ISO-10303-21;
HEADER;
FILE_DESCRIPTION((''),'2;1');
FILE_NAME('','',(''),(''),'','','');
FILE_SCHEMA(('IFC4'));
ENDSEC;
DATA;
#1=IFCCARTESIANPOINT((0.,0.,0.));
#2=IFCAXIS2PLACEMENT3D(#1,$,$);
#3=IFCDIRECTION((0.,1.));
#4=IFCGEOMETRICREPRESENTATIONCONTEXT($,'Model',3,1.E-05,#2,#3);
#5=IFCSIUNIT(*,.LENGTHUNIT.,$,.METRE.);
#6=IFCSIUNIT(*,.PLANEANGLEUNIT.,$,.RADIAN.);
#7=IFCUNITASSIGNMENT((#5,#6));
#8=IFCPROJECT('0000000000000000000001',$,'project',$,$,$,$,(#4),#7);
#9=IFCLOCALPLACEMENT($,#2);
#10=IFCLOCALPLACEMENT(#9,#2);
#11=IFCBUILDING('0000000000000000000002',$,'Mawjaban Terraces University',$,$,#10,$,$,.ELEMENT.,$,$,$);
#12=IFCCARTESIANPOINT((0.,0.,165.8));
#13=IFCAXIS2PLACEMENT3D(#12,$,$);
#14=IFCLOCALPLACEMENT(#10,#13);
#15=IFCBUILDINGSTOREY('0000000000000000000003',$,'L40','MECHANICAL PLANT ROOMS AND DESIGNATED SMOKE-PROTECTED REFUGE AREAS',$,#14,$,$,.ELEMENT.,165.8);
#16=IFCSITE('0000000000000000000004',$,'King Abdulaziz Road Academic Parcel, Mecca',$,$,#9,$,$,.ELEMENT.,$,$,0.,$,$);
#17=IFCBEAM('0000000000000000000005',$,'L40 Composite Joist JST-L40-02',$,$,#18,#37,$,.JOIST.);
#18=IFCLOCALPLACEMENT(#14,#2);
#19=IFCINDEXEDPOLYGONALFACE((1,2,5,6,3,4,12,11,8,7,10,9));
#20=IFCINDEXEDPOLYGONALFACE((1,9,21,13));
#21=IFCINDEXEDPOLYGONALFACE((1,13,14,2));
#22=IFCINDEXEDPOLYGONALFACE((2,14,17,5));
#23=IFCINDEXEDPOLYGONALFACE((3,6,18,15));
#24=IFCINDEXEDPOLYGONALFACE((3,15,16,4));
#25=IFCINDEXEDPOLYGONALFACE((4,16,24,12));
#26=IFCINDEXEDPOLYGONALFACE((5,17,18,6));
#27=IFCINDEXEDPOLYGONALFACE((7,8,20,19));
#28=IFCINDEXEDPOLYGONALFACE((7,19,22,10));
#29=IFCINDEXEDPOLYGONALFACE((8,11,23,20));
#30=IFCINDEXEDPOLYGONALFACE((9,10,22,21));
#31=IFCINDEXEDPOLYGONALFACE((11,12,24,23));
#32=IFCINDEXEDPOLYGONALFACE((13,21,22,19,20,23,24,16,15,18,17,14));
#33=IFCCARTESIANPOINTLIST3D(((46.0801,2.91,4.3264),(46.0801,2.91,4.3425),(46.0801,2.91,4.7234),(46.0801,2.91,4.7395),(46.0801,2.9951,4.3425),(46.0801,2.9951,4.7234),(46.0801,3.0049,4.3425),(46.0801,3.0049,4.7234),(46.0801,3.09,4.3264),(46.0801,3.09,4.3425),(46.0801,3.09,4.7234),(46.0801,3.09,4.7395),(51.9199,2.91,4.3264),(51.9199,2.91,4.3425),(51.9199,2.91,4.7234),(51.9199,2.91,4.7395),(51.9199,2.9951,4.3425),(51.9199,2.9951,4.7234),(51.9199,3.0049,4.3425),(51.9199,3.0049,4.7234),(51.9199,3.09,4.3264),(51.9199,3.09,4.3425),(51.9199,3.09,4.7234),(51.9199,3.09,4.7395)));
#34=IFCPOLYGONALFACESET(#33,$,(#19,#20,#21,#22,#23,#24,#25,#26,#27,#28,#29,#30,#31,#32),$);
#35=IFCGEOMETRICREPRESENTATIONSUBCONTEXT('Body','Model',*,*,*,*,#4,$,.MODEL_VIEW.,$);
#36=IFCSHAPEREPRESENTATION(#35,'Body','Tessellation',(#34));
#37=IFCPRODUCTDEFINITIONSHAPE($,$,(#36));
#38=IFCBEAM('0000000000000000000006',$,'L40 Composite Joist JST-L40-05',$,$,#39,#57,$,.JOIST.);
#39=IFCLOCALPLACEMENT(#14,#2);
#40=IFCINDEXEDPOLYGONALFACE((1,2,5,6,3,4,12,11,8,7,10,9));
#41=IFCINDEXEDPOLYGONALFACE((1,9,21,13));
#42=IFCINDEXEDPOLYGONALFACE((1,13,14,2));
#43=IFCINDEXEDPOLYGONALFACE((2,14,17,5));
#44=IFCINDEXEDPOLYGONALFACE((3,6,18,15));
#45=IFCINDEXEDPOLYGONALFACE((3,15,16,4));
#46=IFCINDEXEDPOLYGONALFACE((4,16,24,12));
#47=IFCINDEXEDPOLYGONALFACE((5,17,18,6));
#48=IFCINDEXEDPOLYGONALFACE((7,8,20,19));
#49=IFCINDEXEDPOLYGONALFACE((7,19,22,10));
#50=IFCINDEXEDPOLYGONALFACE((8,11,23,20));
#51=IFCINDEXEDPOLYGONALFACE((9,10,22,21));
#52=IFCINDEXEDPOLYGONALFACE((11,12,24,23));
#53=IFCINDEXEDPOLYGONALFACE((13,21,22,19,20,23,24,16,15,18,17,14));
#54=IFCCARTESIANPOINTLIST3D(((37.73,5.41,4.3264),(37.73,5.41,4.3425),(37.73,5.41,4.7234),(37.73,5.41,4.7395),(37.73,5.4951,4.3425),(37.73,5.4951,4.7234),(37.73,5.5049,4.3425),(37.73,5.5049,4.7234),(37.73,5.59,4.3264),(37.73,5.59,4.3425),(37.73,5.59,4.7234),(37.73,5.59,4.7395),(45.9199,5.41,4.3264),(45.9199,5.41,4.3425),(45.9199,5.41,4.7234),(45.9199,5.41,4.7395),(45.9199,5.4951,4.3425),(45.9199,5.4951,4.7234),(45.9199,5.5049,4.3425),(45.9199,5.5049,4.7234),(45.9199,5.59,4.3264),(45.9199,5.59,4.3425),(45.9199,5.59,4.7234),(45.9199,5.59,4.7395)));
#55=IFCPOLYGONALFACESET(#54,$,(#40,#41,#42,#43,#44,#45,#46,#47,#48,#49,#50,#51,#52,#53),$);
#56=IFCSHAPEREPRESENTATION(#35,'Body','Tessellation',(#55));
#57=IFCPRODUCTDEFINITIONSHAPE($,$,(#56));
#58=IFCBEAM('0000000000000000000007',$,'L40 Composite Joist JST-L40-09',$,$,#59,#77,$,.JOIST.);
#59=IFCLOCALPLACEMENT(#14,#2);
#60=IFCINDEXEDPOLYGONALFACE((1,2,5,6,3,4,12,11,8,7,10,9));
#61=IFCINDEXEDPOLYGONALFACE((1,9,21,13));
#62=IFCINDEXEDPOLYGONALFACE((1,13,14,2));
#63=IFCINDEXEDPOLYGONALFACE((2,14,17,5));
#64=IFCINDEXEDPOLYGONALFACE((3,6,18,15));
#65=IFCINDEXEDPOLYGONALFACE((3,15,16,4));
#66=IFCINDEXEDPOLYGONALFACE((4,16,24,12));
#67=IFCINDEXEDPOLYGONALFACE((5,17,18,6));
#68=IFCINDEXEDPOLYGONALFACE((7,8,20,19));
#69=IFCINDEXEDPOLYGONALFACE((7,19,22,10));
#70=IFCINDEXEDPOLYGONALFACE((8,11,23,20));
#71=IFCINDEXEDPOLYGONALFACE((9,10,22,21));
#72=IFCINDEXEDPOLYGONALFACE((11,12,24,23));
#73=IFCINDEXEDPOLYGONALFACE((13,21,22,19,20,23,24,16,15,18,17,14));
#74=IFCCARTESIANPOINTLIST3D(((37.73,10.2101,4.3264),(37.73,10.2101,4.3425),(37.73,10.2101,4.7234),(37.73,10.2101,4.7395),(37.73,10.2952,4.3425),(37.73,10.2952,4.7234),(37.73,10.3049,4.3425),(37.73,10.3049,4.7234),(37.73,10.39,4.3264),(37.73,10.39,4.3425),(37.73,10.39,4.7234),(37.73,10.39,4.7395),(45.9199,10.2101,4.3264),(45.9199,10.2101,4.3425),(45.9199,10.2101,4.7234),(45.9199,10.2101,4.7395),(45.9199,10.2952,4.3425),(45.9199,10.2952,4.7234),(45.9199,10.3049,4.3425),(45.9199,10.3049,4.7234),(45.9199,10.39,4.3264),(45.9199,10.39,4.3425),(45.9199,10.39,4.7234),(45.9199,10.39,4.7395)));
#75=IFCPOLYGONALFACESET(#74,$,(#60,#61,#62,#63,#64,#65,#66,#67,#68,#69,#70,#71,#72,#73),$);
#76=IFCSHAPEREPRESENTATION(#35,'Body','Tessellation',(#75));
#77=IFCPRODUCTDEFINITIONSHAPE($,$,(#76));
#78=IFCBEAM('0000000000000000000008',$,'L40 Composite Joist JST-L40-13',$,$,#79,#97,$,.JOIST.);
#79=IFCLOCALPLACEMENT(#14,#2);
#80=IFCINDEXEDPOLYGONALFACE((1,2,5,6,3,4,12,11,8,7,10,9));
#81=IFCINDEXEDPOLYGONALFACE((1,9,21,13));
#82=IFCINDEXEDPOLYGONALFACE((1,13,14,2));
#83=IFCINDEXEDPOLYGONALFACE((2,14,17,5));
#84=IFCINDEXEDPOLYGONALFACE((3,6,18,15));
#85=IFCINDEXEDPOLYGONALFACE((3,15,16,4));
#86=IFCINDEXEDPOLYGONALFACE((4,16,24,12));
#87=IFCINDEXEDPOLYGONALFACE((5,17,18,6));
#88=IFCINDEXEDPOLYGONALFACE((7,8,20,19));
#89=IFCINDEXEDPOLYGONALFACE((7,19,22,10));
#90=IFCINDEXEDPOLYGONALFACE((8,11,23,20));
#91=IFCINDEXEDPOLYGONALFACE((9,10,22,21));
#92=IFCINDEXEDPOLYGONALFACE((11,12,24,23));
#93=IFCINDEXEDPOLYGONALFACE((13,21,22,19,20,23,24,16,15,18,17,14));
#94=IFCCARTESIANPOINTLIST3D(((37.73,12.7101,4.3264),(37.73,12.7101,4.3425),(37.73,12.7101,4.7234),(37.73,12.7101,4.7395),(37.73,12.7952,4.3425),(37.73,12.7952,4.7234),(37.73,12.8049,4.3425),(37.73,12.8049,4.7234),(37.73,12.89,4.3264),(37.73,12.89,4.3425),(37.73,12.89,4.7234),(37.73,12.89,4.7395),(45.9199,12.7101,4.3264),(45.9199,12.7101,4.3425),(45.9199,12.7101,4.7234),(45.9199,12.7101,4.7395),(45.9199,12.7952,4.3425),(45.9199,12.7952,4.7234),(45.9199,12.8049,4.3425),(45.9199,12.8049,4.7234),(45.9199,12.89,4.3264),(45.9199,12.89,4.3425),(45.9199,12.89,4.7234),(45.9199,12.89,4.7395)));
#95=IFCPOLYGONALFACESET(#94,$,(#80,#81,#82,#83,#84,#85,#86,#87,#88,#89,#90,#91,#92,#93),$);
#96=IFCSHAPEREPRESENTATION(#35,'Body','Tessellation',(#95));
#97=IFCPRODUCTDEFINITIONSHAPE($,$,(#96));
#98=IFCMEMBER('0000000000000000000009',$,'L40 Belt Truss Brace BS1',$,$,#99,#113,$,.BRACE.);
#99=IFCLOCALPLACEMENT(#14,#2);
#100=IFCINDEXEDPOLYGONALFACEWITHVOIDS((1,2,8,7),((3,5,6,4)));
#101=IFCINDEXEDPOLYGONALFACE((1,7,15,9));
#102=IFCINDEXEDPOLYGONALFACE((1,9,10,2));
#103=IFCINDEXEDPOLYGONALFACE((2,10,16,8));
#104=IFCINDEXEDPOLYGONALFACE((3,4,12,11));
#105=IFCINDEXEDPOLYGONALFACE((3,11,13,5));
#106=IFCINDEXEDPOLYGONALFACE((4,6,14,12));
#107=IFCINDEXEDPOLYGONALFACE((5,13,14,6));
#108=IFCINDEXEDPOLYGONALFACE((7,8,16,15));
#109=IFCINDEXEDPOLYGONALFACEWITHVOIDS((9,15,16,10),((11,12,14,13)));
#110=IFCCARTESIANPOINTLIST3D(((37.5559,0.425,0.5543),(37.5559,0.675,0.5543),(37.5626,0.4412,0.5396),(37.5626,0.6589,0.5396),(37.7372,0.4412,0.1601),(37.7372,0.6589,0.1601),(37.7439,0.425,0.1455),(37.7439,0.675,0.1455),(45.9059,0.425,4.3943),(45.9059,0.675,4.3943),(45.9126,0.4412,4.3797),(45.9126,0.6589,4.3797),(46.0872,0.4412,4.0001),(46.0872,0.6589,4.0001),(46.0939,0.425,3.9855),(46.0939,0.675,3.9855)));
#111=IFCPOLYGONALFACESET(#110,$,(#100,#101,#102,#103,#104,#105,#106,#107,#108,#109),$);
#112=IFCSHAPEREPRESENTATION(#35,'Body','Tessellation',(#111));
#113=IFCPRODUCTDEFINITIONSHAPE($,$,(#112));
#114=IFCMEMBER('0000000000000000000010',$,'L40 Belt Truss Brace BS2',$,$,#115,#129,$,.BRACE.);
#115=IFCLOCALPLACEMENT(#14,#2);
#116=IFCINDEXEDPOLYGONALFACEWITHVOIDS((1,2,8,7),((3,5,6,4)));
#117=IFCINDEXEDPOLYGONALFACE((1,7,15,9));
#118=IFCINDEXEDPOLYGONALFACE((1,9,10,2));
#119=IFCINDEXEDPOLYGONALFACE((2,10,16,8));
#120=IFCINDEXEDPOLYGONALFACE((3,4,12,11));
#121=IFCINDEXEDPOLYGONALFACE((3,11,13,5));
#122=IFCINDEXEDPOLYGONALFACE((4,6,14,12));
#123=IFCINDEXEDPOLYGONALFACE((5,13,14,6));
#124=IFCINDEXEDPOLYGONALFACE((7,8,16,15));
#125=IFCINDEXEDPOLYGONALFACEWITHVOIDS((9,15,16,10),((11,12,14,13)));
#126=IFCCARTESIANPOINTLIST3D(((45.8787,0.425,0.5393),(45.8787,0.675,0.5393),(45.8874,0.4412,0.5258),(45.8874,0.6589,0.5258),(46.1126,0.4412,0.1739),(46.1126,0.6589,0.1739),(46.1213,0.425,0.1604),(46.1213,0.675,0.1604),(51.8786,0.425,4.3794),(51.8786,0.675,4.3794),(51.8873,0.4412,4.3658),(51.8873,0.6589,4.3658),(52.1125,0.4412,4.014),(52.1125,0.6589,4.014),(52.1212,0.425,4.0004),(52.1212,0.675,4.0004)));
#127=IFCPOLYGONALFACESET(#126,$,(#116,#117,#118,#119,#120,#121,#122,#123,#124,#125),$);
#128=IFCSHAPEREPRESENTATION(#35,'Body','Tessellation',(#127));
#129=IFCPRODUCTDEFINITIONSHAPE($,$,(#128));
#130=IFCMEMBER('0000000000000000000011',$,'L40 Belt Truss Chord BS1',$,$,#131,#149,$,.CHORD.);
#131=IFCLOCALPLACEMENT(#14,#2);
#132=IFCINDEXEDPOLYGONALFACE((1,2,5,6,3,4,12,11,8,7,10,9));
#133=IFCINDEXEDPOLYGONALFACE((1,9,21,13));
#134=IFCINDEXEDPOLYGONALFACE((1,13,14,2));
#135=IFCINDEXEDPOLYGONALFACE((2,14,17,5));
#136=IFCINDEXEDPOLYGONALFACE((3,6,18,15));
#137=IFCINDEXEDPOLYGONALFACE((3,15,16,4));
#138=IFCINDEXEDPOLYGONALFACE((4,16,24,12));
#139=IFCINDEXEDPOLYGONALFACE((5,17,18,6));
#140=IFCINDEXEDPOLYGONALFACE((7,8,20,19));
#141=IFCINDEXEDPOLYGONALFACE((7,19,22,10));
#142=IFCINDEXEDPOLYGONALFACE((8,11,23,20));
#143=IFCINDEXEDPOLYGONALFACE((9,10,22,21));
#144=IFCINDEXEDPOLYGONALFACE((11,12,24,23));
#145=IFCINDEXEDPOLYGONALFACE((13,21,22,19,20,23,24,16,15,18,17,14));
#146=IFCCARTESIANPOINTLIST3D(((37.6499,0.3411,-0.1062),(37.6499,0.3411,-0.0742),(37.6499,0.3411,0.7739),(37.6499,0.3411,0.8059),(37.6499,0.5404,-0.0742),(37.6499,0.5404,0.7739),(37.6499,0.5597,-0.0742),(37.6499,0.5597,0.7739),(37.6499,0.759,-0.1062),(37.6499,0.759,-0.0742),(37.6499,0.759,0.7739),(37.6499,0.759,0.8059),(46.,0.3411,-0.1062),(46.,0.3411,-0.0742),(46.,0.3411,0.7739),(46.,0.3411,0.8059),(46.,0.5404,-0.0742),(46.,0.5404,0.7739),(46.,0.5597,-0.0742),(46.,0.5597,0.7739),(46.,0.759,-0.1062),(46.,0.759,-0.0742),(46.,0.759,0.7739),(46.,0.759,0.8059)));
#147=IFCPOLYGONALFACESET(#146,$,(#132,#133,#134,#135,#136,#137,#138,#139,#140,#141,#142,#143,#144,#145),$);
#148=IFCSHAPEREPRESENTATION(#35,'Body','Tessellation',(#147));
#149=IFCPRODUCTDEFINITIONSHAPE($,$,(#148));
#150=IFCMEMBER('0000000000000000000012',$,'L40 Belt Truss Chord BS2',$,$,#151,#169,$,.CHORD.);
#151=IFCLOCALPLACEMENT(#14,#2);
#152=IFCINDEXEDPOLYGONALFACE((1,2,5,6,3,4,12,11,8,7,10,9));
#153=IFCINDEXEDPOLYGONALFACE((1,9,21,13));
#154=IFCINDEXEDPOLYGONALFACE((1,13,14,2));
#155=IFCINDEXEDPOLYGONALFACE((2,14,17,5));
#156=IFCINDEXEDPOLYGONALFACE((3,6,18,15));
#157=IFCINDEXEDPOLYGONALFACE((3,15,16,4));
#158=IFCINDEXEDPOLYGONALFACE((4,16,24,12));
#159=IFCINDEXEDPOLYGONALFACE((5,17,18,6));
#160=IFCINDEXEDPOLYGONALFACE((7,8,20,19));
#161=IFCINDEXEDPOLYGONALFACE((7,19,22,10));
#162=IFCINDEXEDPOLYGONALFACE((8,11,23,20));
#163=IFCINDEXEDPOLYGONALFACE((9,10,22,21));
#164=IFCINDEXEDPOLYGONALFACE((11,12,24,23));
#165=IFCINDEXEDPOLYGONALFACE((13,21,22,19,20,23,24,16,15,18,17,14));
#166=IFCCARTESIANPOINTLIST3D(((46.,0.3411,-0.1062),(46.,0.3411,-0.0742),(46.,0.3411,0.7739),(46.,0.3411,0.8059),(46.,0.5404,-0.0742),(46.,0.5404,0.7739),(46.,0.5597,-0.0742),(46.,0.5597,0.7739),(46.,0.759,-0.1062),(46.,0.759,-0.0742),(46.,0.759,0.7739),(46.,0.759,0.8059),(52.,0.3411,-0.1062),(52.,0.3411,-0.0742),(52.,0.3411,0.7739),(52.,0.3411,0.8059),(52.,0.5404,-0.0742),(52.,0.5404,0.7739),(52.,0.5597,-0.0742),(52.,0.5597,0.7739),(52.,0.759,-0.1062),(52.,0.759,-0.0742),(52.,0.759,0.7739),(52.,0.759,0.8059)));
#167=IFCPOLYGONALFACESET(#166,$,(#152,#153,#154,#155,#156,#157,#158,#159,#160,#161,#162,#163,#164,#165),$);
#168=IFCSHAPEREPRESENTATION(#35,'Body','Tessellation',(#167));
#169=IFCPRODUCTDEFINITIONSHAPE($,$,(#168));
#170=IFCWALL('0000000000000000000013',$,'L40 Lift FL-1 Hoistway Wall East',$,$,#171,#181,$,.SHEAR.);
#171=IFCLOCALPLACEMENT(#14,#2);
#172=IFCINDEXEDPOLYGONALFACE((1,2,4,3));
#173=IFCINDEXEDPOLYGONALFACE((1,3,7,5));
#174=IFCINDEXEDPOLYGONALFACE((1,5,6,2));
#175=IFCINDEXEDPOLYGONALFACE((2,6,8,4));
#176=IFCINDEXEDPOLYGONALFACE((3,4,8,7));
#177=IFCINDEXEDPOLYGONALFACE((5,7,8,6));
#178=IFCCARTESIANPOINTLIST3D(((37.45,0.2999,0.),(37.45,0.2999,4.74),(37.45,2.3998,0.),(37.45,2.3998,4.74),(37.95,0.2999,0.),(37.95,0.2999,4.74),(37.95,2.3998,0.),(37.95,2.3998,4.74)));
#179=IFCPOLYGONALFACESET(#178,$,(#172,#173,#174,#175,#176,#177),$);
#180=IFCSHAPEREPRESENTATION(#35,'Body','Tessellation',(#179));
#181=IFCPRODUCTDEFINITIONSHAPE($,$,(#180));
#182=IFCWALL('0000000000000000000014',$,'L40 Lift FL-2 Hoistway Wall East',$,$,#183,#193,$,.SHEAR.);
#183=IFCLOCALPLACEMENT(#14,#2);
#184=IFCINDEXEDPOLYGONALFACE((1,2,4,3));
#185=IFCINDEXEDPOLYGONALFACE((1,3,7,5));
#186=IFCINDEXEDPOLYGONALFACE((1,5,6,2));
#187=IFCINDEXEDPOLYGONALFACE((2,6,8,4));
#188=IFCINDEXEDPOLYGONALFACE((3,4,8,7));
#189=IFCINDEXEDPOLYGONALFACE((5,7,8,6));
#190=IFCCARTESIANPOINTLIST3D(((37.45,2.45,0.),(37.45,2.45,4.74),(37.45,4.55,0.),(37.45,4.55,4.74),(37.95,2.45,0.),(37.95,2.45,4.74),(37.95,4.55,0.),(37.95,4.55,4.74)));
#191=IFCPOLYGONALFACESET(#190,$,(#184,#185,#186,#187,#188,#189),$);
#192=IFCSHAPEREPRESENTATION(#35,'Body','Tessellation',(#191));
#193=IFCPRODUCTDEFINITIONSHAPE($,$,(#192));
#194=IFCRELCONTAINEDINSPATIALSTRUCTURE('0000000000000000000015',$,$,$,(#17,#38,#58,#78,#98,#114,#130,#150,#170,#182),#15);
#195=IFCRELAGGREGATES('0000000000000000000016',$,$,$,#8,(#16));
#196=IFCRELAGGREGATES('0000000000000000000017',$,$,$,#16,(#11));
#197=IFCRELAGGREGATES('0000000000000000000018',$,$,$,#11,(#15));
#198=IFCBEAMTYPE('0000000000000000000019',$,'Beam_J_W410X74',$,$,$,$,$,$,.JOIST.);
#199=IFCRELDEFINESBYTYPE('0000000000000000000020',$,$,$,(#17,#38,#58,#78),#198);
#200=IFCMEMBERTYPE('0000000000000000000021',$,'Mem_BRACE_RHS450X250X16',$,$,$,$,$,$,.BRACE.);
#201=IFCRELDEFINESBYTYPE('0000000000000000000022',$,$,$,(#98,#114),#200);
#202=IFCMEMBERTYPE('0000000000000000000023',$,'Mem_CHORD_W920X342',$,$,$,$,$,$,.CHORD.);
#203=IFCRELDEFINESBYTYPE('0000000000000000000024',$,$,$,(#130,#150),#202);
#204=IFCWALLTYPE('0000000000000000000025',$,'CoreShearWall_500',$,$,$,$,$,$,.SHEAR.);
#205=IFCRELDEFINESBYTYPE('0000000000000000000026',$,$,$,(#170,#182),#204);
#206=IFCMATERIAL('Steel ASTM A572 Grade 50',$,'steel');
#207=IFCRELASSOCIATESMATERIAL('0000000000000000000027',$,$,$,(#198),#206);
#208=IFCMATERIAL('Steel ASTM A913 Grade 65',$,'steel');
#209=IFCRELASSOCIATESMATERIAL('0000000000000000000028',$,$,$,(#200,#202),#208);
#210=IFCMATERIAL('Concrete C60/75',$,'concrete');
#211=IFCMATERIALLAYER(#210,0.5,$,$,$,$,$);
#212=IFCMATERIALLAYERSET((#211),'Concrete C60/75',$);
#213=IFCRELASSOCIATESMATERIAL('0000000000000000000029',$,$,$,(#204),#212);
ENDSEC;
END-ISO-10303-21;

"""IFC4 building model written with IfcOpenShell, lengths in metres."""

from ifc_helpers import new_model, si_unit, direction, frame, frame_2d, origin, origin_2d, place, context, subcontext, project, spatial, rectangle, hollow_rectangle, i_section, extrude, material, layer, layer_set, material_profile, profile_set, type_object, element, save


model = new_model("IFC4")

# Units and contexts
model_context = context("Model", 3, precision=1e-05, world=origin(), true_north=direction((0.0, 1.0)))
body_context = subcontext(model_context, "Body", "Model", "MODEL_VIEW")
ifc_project = project(units=[si_unit("LENGTHUNIT", "METRE"), si_unit("PLANEANGLEUNIT", "RADIAN")], contexts=[model_context])

# Site, building, storey
site_placement = place(None, origin())
site = spatial("IfcSite", under=ifc_project, at=site_placement, Name="King Abdulaziz Road Academic Parcel, Mecca", CompositionType="ELEMENT", RefElevation=0.0)
building_placement = place(site_placement, origin())
building = spatial("IfcBuilding", under=site, at=building_placement, Name="Mawjaban Terraces University", CompositionType="ELEMENT")
storey_placement = place(building_placement, frame((0.0, 0.0, 165.8)))
storey = spatial("IfcBuildingStorey", under=building, at=storey_placement, Name="L40", Description="MECHANICAL PLANT ROOMS AND DESIGNATED SMOKE-PROTECTED REFUGE AREAS", CompositionType="ELEMENT", Elevation=165.8)

# Shared definitions
ifc_material_1 = material(Name="Concrete C60/75", Category="concrete")

# Beams
ifc_material_2 = material(Name="Steel ASTM A572 Grade 50", Category="steel")
ifc_material_profile_1 = material_profile(ifc_material_2, i_section(OverallWidth=0.1799, OverallDepth=0.4131, WebThickness=0.0098, FlangeThickness=0.0161, at=origin_2d()), Name="W410X74")
ifc_profile_set_1 = profile_set([ifc_material_profile_1], Name="Steel ASTM A572 Grade 50")
beam_type_1 = type_object("IfcBeamType", Name="Beam_J_W410X74", PredefinedType="JOIST", material=ifc_profile_set_1)
beam_1_placement = place(storey_placement, frame((46.0801, 3.0, 4.533), z_axis=(1.0, 0.0, 0.0), x_axis=(0.0, 1.0, 0.0)))
element("IfcBeam", 1, at=beam_1_placement, inside=storey, type_object=beam_type_1, Name="L40 Composite Joist JST-L40-02", PredefinedType="JOIST", context=body_context, shape_type="SweptSolid", body=[
    extrude(i_section(OverallWidth=0.1799, OverallDepth=0.4131, WebThickness=0.0098, FlangeThickness=0.0161, at=origin_2d()), origin(), (0.0, 0.0, 1.0), 5.8398),
])
for number, where, z_axis, x_axis, name in (
    (2, (37.73, 5.5, 4.533), (1.0, 0.0, 0.0), (0.0, 1.0, 0.0), "L40 Composite Joist JST-L40-05"),
    (3, (37.73, 10.3, 4.533), (1.0, 0.0, 0.0), (0.0, 1.0, 0.0), "L40 Composite Joist JST-L40-09"),
    (4, (37.73, 12.8, 4.533), (1.0, 0.0, 0.0), (0.0, 1.0, 0.0), "L40 Composite Joist JST-L40-13"),
):
    element("IfcBeam", number, at=place(storey_placement, frame(where, z_axis=z_axis, x_axis=x_axis)), inside=storey, type_object=beam_type_1, Name=name, PredefinedType="JOIST", context=body_context, shape_type="SweptSolid", body=[
        extrude(i_section(OverallWidth=0.1799, OverallDepth=0.4131, WebThickness=0.0098, FlangeThickness=0.0161, at=origin_2d()), origin(), (0.0, 0.0, 1.0), 8.1899),
    ])

# Members
ifc_material_3 = material(Name="Steel ASTM A913 Grade 65", Category="steel")
ifc_material_profile_2 = material_profile(ifc_material_3, hollow_rectangle(XDim=0.25, YDim=0.45, WallThickness=0.0161, at=origin_2d()), Name="RHS450X250X16")
ifc_profile_set_2 = profile_set([ifc_material_profile_2], Name="Steel ASTM A913 Grade 65")
member_type_1 = type_object("IfcMemberType", Name="Mem_BRACE_RHS450X250X16", PredefinedType="BRACE", material=ifc_profile_set_2)
member_1_placement = place(storey_placement, frame((37.6499, 0.55, 0.3499), z_axis=(0.90853, 0.0, 0.41782), x_axis=(0.0, 1.0, 0.0)))
element("IfcMember", 5, at=member_1_placement, inside=storey, type_object=member_type_1, Name="L40 Belt Truss Brace BS1", PredefinedType="BRACE", context=body_context, shape_type="SweptSolid", body=[
    extrude(hollow_rectangle(XDim=0.25, YDim=0.45, WallThickness=0.0161, at=origin_2d()), origin(), (0.0, 0.0, 1.0), 9.1907),
])
member_2_placement = place(storey_placement, frame((46.0, 0.55, 0.3499), z_axis=(0.842266, 0.0, 0.539062), x_axis=(0.0, 1.0, 0.0)))
element("IfcMember", 6, at=member_2_placement, inside=storey, type_object=member_type_1, Name="L40 Belt Truss Brace BS2", PredefinedType="BRACE", context=body_context, shape_type="SweptSolid", body=[
    extrude(hollow_rectangle(XDim=0.25, YDim=0.45, WallThickness=0.0161, at=origin_2d()), origin(), (0.0, 0.0, 1.0), 7.1235),
])
ifc_material_profile_3 = material_profile(ifc_material_3, i_section(OverallWidth=0.418, OverallDepth=0.9121, WebThickness=0.0193, FlangeThickness=0.032, at=origin_2d()), Name="W920X342")
ifc_profile_set_3 = profile_set([ifc_material_profile_3], Name="Steel ASTM A913 Grade 65")
member_type_2 = type_object("IfcMemberType", Name="Mem_CHORD_W920X342", PredefinedType="CHORD", material=ifc_profile_set_3)
member_3_placement = place(storey_placement, frame((37.6499, 0.55, 0.3499), z_axis=(1.0, 0.0, 0.0), x_axis=(0.0, 1.0, 0.0)))
element("IfcMember", 7, at=member_3_placement, inside=storey, type_object=member_type_2, Name="L40 Belt Truss Chord BS1", PredefinedType="CHORD", context=body_context, shape_type="SweptSolid", body=[
    extrude(i_section(OverallWidth=0.418, OverallDepth=0.9121, WebThickness=0.0193, FlangeThickness=0.032, at=origin_2d()), origin(), (0.0, 0.0, 1.0), 8.3501),
])
member_4_placement = place(storey_placement, frame((46.0, 0.55, 0.3499), z_axis=(1.0, 0.0, 0.0), x_axis=(0.0, 1.0, 0.0)))
element("IfcMember", 8, at=member_4_placement, inside=storey, type_object=member_type_2, Name="L40 Belt Truss Chord BS2", PredefinedType="CHORD", context=body_context, shape_type="SweptSolid", body=[
    extrude(i_section(OverallWidth=0.418, OverallDepth=0.9121, WebThickness=0.0193, FlangeThickness=0.032, at=origin_2d()), origin(), (0.0, 0.0, 1.0), 6.0),
])

# Walls
ifc_layer_1 = layer(ifc_material_1, 0.5)
ifc_layer_set_1 = layer_set([ifc_layer_1], Name="Concrete C60/75")
wall_type_1 = type_object("IfcWallType", Name="CoreShearWall_500", PredefinedType="SHEAR", material=ifc_layer_set_1)
wall_1_placement = place(storey_placement, frame((37.7, 0.3, 0.0), z_axis=(0.0, 0.0, 1.0), x_axis=(0.0, 1.0, 0.0)))
element("IfcWall", 9, at=wall_1_placement, inside=storey, type_object=wall_type_1, Name="L40 Lift FL-1 Hoistway Wall East", PredefinedType="SHEAR", context=body_context, shape_type="SweptSolid", body=[
    extrude(rectangle(XDim=2.0999, YDim=0.5, at=frame_2d((1.0498, 0.0))), origin(), (0.0, 0.0, 1.0), 4.74),
])
wall_2_placement = place(storey_placement, frame((37.7, 2.45, 0.0), z_axis=(0.0, 0.0, 1.0), x_axis=(0.0, 1.0, 0.0)))
element("IfcWall", 10, at=wall_2_placement, inside=storey, type_object=wall_type_1, Name="L40 Lift FL-2 Hoistway Wall East", PredefinedType="SHEAR", context=body_context, shape_type="SweptSolid", body=[
    extrude(rectangle(XDim=2.1001, YDim=0.5, at=frame_2d((1.05, 0.0))), origin(), (0.0, 0.0, 1.0), 4.74),
])

save(model, "model.ifc")
